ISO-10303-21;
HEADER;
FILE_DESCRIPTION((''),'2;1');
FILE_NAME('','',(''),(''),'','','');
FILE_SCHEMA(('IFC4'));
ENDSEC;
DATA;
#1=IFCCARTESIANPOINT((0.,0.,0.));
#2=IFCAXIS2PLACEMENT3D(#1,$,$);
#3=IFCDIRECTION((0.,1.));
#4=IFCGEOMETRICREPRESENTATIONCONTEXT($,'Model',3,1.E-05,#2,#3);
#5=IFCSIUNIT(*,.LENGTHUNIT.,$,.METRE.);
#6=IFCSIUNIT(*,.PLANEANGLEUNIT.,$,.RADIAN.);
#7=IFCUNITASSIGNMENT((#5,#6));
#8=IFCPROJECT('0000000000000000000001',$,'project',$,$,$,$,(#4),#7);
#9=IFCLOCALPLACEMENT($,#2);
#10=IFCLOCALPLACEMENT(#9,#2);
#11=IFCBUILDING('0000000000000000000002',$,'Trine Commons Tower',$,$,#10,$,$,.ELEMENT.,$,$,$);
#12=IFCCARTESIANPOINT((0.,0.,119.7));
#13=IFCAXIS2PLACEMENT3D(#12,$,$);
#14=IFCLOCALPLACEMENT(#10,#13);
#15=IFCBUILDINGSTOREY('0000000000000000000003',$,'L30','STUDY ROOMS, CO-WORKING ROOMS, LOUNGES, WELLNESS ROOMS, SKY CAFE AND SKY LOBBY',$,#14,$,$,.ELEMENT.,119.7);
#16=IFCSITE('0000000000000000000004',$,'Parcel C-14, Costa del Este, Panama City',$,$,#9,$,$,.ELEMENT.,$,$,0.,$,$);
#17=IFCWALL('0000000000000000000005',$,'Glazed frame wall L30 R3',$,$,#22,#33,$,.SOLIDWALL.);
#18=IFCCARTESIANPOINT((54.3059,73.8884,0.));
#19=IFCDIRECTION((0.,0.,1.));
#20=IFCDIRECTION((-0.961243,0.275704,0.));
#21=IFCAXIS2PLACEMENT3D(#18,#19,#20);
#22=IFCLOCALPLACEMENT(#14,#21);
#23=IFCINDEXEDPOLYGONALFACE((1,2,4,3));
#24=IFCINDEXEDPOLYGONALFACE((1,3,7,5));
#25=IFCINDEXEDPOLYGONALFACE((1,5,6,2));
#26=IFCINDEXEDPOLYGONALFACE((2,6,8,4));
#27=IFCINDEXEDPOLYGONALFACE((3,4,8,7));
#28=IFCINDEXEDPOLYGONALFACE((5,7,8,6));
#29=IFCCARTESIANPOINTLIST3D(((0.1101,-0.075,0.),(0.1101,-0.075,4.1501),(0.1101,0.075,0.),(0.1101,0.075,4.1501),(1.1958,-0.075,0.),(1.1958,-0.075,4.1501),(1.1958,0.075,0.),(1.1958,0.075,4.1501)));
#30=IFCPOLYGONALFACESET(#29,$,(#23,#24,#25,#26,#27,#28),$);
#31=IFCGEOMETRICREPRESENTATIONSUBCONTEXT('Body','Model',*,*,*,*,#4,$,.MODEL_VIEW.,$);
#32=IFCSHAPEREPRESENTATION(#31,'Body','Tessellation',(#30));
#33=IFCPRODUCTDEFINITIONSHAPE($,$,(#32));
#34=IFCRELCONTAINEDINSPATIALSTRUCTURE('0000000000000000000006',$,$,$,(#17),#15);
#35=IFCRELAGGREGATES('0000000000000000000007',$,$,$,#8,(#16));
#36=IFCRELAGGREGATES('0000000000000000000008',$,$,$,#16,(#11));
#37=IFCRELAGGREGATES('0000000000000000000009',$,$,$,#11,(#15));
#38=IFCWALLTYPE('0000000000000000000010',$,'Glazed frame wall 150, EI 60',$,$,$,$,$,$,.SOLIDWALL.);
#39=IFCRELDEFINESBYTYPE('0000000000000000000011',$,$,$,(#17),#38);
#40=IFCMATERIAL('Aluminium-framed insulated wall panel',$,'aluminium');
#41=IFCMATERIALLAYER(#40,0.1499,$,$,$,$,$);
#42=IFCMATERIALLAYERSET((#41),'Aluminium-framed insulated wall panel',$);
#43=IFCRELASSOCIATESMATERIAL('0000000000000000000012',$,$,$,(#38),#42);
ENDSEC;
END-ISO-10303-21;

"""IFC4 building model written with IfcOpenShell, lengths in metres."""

from ifc_helpers import new_model, si_unit, direction, frame, origin, place, context, subcontext, project, spatial, polyline, outline, extrude, material, layer, layer_set, type_object, element, save


model = new_model("IFC4")

# Units and contexts
model_context = context("Model", 3, precision=1e-05, world=origin(), true_north=direction((0.0, 1.0)))
body_context = subcontext(model_context, "Body", "Model", "MODEL_VIEW")
ifc_project = project(units=[si_unit("LENGTHUNIT", "METRE"), si_unit("PLANEANGLEUNIT", "RADIAN")], contexts=[model_context])

# Site, building, storey
site_placement = place(None, origin())
site = spatial("IfcSite", under=ifc_project, at=site_placement, Name="Parcel C-14, Costa del Este, Panama City", CompositionType="ELEMENT", RefElevation=0.0)
building_placement = place(site_placement, origin())
building = spatial("IfcBuilding", under=site, at=building_placement, Name="Trine Commons Tower", CompositionType="ELEMENT")
storey_placement = place(building_placement, frame((0.0, 0.0, 119.7)))
storey = spatial("IfcBuildingStorey", under=building, at=storey_placement, Name="L30", Description="STUDY ROOMS, CO-WORKING ROOMS, LOUNGES, WELLNESS ROOMS, SKY CAFE AND SKY LOBBY", CompositionType="ELEMENT", Elevation=119.7)

# Wall
ifc_material_1 = material(Name="Aluminium-framed insulated wall panel", Category="aluminium")
ifc_layer_1 = layer(ifc_material_1, 0.1499)
ifc_layer_set_1 = layer_set([ifc_layer_1], Name="Aluminium-framed insulated wall panel")
wall_type_1 = type_object("IfcWallType", Name="Glazed frame wall 150, EI 60", PredefinedType="SOLIDWALL", material=ifc_layer_set_1)
wall_1_placement = place(storey_placement, frame((54.3059, 73.8884, 0.0), z_axis=(0.0, 0.0, 1.0), x_axis=(-0.961243, 0.275704, 0.0)))
element("IfcWall", 1, at=wall_1_placement, inside=storey, type_object=wall_type_1, Name="Glazed frame wall L30 R3", PredefinedType="SOLIDWALL", context=body_context, shape_type="SweptSolid", body=[
    extrude(outline(polyline([(0.1101, 0.075), (0.1101, -0.075), (1.1958, -0.075), (1.1958, 0.075), (0.1101, 0.075)])), origin(), (0.0, 0.0, 1.0), 4.1501),
])

save(model, "model.ifc")
